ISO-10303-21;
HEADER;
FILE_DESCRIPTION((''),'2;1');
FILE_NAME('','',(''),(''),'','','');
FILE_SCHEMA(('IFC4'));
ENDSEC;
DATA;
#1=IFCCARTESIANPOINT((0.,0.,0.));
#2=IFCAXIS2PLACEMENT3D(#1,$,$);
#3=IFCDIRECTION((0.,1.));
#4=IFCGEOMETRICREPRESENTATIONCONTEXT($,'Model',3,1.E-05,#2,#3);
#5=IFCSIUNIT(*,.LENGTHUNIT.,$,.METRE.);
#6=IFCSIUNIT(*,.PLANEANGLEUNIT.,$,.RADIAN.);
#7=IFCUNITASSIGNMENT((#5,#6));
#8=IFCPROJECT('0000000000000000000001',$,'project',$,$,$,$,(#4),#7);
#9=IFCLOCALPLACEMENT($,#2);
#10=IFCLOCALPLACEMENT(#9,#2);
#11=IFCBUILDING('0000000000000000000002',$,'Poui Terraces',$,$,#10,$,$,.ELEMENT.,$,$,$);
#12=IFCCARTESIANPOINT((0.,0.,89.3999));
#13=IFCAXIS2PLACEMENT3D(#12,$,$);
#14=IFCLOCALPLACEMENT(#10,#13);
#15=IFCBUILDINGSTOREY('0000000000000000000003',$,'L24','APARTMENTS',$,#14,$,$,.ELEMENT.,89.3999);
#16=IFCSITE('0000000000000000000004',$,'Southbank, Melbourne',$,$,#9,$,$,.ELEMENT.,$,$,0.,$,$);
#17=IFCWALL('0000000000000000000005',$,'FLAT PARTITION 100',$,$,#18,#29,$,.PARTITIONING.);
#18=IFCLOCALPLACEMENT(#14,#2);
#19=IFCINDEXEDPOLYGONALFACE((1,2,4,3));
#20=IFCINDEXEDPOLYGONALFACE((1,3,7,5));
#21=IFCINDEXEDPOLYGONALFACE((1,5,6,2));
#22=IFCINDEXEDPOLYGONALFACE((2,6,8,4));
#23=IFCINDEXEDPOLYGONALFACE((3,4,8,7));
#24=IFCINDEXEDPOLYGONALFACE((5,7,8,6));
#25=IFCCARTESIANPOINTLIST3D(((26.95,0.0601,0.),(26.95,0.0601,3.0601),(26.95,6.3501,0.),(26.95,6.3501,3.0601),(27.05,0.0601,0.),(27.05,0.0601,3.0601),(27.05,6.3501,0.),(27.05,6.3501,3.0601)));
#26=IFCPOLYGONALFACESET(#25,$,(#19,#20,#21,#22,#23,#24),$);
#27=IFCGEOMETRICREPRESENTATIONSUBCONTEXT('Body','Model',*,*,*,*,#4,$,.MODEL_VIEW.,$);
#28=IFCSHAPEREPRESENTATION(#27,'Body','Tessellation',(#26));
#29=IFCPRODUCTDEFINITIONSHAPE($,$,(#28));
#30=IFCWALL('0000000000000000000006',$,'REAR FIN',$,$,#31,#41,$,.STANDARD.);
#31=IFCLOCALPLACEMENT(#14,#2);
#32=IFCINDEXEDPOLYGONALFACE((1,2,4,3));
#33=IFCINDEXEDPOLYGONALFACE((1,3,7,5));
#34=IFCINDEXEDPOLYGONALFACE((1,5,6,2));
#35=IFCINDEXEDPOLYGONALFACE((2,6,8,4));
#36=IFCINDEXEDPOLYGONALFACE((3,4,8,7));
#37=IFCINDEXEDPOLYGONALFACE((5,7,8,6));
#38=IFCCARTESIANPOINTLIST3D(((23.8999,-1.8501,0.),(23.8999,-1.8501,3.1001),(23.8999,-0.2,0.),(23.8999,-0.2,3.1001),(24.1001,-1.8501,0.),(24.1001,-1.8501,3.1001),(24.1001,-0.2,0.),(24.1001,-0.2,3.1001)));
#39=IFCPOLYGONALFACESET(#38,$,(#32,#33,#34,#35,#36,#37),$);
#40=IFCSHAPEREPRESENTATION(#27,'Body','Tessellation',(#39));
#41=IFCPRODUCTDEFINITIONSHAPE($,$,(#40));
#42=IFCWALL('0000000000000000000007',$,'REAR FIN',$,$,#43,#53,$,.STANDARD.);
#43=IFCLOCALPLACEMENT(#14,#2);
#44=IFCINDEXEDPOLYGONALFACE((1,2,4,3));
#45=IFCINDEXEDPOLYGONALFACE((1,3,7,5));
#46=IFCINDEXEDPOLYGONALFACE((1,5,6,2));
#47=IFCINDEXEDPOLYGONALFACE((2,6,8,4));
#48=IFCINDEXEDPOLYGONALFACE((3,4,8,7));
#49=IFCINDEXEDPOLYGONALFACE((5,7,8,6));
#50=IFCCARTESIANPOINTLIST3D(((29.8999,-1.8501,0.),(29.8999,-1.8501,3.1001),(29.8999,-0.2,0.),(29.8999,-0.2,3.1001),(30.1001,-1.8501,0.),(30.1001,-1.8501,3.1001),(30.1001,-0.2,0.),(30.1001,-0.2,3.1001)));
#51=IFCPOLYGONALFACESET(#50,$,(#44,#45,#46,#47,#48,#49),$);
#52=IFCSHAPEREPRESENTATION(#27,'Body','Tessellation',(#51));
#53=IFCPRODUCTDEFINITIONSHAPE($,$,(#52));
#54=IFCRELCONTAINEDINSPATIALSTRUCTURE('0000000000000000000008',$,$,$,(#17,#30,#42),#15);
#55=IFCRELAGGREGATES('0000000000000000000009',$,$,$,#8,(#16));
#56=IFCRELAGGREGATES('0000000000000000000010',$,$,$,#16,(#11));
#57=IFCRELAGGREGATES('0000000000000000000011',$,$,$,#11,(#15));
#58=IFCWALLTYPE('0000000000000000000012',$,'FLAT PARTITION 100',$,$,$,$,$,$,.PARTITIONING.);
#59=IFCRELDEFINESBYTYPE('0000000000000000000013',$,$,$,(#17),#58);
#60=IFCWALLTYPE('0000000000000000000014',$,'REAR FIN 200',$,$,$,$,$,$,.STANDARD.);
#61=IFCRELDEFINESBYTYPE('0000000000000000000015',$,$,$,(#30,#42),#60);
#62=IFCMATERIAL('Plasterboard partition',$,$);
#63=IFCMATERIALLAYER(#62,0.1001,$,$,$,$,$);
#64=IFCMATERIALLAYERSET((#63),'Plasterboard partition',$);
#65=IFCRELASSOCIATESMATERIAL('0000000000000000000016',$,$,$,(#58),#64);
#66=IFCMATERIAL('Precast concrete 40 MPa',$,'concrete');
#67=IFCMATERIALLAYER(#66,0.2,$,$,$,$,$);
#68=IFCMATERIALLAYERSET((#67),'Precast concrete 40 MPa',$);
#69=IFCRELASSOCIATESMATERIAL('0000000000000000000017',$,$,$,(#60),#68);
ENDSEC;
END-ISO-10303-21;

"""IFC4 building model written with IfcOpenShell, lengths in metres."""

from ifc_helpers import new_model, si_unit, direction, frame, frame_2d, origin, place, context, subcontext, project, spatial, polyline, rectangle, outline, extrude, source, transform, mapped, material, layer, layer_set, type_object, element, save


model = new_model("IFC4")

# Units and contexts
model_context = context("Model", 3, precision=1e-05, world=origin(), true_north=direction((0.0, 1.0)))
body_context = subcontext(model_context, "Body", "Model", "MODEL_VIEW")
ifc_project = project(units=[si_unit("LENGTHUNIT", "METRE"), si_unit("PLANEANGLEUNIT", "RADIAN")], contexts=[model_context])

# Site, building, storey
site_placement = place(None, origin())
site = spatial("IfcSite", under=ifc_project, at=site_placement, Name="Southbank, Melbourne", CompositionType="ELEMENT", RefElevation=0.0)
building_placement = place(site_placement, origin())
building = spatial("IfcBuilding", under=site, at=building_placement, Name="Poui Terraces", CompositionType="ELEMENT")
storey_placement = place(building_placement, frame((0.0, 0.0, 89.3999)))
storey = spatial("IfcBuildingStorey", under=building, at=storey_placement, Name="L24", Description="APARTMENTS", CompositionType="ELEMENT", Elevation=89.3999)

# Shared definitions
ifc_material_1 = material(Name="Precast concrete 40 MPa", Category="concrete")

# Shared definitions
ifc_material_2 = material(Name="Plasterboard partition")
ifc_layer_1 = layer(ifc_material_2, 0.1001)
ifc_layer_set_1 = layer_set([ifc_layer_1], Name="Plasterboard partition")
wall_type_1 = type_object("IfcWallType", Name="FLAT PARTITION 100", PredefinedType="PARTITIONING", material=ifc_layer_set_1)

# Walls
wall_1_placement = place(storey_placement, frame((27.0, 0.0601, 0.0), z_axis=(0.0, 0.0, 1.0), x_axis=(0.0, 1.0, 0.0)))
element("IfcWall", 1, at=wall_1_placement, inside=storey, type_object=wall_type_1, Name="FLAT PARTITION 100", PredefinedType="PARTITIONING", context=body_context, shape_type="SweptSolid", body=[
    extrude(rectangle(XDim=6.29, YDim=0.1001, at=frame_2d((3.145, 0.0))), origin(), (0.0, 0.0, 1.0), 3.0601),
])
ifc_layer_2 = layer(ifc_material_1, 0.2)
ifc_layer_set_2 = layer_set([ifc_layer_2], Name="Precast concrete 40 MPa")
wall_type_2 = type_object("IfcWallType", Name="REAR FIN 200", PredefinedType="STANDARD", material=ifc_layer_set_2)
shared_shape_1 = source(origin(), body_context, "Body", "SweptSolid", [
    extrude(outline(polyline([(0.0, 0.0), (0.2002, 0.0), (0.2002, 1.6501), (0.0, 1.6501), (0.0, 0.0)])), origin(), (0.0, 0.0, 1.0), 3.1001),
])
for number, where, name in (
    (2, (23.8999, -1.8501, 0.0), "REAR FIN"),
    (3, (29.8999, -1.8501, 0.0), "REAR FIN"),
):
    element("IfcWall", number, at=place(storey_placement, frame(where)), inside=storey, type_object=wall_type_2, Name=name, PredefinedType="STANDARD", context=body_context, shape_type="MappedRepresentation", body=[
        mapped(shared_shape_1, transform((0.0, 0.0, 0.0))),
    ])

save(model, "model.ifc")
